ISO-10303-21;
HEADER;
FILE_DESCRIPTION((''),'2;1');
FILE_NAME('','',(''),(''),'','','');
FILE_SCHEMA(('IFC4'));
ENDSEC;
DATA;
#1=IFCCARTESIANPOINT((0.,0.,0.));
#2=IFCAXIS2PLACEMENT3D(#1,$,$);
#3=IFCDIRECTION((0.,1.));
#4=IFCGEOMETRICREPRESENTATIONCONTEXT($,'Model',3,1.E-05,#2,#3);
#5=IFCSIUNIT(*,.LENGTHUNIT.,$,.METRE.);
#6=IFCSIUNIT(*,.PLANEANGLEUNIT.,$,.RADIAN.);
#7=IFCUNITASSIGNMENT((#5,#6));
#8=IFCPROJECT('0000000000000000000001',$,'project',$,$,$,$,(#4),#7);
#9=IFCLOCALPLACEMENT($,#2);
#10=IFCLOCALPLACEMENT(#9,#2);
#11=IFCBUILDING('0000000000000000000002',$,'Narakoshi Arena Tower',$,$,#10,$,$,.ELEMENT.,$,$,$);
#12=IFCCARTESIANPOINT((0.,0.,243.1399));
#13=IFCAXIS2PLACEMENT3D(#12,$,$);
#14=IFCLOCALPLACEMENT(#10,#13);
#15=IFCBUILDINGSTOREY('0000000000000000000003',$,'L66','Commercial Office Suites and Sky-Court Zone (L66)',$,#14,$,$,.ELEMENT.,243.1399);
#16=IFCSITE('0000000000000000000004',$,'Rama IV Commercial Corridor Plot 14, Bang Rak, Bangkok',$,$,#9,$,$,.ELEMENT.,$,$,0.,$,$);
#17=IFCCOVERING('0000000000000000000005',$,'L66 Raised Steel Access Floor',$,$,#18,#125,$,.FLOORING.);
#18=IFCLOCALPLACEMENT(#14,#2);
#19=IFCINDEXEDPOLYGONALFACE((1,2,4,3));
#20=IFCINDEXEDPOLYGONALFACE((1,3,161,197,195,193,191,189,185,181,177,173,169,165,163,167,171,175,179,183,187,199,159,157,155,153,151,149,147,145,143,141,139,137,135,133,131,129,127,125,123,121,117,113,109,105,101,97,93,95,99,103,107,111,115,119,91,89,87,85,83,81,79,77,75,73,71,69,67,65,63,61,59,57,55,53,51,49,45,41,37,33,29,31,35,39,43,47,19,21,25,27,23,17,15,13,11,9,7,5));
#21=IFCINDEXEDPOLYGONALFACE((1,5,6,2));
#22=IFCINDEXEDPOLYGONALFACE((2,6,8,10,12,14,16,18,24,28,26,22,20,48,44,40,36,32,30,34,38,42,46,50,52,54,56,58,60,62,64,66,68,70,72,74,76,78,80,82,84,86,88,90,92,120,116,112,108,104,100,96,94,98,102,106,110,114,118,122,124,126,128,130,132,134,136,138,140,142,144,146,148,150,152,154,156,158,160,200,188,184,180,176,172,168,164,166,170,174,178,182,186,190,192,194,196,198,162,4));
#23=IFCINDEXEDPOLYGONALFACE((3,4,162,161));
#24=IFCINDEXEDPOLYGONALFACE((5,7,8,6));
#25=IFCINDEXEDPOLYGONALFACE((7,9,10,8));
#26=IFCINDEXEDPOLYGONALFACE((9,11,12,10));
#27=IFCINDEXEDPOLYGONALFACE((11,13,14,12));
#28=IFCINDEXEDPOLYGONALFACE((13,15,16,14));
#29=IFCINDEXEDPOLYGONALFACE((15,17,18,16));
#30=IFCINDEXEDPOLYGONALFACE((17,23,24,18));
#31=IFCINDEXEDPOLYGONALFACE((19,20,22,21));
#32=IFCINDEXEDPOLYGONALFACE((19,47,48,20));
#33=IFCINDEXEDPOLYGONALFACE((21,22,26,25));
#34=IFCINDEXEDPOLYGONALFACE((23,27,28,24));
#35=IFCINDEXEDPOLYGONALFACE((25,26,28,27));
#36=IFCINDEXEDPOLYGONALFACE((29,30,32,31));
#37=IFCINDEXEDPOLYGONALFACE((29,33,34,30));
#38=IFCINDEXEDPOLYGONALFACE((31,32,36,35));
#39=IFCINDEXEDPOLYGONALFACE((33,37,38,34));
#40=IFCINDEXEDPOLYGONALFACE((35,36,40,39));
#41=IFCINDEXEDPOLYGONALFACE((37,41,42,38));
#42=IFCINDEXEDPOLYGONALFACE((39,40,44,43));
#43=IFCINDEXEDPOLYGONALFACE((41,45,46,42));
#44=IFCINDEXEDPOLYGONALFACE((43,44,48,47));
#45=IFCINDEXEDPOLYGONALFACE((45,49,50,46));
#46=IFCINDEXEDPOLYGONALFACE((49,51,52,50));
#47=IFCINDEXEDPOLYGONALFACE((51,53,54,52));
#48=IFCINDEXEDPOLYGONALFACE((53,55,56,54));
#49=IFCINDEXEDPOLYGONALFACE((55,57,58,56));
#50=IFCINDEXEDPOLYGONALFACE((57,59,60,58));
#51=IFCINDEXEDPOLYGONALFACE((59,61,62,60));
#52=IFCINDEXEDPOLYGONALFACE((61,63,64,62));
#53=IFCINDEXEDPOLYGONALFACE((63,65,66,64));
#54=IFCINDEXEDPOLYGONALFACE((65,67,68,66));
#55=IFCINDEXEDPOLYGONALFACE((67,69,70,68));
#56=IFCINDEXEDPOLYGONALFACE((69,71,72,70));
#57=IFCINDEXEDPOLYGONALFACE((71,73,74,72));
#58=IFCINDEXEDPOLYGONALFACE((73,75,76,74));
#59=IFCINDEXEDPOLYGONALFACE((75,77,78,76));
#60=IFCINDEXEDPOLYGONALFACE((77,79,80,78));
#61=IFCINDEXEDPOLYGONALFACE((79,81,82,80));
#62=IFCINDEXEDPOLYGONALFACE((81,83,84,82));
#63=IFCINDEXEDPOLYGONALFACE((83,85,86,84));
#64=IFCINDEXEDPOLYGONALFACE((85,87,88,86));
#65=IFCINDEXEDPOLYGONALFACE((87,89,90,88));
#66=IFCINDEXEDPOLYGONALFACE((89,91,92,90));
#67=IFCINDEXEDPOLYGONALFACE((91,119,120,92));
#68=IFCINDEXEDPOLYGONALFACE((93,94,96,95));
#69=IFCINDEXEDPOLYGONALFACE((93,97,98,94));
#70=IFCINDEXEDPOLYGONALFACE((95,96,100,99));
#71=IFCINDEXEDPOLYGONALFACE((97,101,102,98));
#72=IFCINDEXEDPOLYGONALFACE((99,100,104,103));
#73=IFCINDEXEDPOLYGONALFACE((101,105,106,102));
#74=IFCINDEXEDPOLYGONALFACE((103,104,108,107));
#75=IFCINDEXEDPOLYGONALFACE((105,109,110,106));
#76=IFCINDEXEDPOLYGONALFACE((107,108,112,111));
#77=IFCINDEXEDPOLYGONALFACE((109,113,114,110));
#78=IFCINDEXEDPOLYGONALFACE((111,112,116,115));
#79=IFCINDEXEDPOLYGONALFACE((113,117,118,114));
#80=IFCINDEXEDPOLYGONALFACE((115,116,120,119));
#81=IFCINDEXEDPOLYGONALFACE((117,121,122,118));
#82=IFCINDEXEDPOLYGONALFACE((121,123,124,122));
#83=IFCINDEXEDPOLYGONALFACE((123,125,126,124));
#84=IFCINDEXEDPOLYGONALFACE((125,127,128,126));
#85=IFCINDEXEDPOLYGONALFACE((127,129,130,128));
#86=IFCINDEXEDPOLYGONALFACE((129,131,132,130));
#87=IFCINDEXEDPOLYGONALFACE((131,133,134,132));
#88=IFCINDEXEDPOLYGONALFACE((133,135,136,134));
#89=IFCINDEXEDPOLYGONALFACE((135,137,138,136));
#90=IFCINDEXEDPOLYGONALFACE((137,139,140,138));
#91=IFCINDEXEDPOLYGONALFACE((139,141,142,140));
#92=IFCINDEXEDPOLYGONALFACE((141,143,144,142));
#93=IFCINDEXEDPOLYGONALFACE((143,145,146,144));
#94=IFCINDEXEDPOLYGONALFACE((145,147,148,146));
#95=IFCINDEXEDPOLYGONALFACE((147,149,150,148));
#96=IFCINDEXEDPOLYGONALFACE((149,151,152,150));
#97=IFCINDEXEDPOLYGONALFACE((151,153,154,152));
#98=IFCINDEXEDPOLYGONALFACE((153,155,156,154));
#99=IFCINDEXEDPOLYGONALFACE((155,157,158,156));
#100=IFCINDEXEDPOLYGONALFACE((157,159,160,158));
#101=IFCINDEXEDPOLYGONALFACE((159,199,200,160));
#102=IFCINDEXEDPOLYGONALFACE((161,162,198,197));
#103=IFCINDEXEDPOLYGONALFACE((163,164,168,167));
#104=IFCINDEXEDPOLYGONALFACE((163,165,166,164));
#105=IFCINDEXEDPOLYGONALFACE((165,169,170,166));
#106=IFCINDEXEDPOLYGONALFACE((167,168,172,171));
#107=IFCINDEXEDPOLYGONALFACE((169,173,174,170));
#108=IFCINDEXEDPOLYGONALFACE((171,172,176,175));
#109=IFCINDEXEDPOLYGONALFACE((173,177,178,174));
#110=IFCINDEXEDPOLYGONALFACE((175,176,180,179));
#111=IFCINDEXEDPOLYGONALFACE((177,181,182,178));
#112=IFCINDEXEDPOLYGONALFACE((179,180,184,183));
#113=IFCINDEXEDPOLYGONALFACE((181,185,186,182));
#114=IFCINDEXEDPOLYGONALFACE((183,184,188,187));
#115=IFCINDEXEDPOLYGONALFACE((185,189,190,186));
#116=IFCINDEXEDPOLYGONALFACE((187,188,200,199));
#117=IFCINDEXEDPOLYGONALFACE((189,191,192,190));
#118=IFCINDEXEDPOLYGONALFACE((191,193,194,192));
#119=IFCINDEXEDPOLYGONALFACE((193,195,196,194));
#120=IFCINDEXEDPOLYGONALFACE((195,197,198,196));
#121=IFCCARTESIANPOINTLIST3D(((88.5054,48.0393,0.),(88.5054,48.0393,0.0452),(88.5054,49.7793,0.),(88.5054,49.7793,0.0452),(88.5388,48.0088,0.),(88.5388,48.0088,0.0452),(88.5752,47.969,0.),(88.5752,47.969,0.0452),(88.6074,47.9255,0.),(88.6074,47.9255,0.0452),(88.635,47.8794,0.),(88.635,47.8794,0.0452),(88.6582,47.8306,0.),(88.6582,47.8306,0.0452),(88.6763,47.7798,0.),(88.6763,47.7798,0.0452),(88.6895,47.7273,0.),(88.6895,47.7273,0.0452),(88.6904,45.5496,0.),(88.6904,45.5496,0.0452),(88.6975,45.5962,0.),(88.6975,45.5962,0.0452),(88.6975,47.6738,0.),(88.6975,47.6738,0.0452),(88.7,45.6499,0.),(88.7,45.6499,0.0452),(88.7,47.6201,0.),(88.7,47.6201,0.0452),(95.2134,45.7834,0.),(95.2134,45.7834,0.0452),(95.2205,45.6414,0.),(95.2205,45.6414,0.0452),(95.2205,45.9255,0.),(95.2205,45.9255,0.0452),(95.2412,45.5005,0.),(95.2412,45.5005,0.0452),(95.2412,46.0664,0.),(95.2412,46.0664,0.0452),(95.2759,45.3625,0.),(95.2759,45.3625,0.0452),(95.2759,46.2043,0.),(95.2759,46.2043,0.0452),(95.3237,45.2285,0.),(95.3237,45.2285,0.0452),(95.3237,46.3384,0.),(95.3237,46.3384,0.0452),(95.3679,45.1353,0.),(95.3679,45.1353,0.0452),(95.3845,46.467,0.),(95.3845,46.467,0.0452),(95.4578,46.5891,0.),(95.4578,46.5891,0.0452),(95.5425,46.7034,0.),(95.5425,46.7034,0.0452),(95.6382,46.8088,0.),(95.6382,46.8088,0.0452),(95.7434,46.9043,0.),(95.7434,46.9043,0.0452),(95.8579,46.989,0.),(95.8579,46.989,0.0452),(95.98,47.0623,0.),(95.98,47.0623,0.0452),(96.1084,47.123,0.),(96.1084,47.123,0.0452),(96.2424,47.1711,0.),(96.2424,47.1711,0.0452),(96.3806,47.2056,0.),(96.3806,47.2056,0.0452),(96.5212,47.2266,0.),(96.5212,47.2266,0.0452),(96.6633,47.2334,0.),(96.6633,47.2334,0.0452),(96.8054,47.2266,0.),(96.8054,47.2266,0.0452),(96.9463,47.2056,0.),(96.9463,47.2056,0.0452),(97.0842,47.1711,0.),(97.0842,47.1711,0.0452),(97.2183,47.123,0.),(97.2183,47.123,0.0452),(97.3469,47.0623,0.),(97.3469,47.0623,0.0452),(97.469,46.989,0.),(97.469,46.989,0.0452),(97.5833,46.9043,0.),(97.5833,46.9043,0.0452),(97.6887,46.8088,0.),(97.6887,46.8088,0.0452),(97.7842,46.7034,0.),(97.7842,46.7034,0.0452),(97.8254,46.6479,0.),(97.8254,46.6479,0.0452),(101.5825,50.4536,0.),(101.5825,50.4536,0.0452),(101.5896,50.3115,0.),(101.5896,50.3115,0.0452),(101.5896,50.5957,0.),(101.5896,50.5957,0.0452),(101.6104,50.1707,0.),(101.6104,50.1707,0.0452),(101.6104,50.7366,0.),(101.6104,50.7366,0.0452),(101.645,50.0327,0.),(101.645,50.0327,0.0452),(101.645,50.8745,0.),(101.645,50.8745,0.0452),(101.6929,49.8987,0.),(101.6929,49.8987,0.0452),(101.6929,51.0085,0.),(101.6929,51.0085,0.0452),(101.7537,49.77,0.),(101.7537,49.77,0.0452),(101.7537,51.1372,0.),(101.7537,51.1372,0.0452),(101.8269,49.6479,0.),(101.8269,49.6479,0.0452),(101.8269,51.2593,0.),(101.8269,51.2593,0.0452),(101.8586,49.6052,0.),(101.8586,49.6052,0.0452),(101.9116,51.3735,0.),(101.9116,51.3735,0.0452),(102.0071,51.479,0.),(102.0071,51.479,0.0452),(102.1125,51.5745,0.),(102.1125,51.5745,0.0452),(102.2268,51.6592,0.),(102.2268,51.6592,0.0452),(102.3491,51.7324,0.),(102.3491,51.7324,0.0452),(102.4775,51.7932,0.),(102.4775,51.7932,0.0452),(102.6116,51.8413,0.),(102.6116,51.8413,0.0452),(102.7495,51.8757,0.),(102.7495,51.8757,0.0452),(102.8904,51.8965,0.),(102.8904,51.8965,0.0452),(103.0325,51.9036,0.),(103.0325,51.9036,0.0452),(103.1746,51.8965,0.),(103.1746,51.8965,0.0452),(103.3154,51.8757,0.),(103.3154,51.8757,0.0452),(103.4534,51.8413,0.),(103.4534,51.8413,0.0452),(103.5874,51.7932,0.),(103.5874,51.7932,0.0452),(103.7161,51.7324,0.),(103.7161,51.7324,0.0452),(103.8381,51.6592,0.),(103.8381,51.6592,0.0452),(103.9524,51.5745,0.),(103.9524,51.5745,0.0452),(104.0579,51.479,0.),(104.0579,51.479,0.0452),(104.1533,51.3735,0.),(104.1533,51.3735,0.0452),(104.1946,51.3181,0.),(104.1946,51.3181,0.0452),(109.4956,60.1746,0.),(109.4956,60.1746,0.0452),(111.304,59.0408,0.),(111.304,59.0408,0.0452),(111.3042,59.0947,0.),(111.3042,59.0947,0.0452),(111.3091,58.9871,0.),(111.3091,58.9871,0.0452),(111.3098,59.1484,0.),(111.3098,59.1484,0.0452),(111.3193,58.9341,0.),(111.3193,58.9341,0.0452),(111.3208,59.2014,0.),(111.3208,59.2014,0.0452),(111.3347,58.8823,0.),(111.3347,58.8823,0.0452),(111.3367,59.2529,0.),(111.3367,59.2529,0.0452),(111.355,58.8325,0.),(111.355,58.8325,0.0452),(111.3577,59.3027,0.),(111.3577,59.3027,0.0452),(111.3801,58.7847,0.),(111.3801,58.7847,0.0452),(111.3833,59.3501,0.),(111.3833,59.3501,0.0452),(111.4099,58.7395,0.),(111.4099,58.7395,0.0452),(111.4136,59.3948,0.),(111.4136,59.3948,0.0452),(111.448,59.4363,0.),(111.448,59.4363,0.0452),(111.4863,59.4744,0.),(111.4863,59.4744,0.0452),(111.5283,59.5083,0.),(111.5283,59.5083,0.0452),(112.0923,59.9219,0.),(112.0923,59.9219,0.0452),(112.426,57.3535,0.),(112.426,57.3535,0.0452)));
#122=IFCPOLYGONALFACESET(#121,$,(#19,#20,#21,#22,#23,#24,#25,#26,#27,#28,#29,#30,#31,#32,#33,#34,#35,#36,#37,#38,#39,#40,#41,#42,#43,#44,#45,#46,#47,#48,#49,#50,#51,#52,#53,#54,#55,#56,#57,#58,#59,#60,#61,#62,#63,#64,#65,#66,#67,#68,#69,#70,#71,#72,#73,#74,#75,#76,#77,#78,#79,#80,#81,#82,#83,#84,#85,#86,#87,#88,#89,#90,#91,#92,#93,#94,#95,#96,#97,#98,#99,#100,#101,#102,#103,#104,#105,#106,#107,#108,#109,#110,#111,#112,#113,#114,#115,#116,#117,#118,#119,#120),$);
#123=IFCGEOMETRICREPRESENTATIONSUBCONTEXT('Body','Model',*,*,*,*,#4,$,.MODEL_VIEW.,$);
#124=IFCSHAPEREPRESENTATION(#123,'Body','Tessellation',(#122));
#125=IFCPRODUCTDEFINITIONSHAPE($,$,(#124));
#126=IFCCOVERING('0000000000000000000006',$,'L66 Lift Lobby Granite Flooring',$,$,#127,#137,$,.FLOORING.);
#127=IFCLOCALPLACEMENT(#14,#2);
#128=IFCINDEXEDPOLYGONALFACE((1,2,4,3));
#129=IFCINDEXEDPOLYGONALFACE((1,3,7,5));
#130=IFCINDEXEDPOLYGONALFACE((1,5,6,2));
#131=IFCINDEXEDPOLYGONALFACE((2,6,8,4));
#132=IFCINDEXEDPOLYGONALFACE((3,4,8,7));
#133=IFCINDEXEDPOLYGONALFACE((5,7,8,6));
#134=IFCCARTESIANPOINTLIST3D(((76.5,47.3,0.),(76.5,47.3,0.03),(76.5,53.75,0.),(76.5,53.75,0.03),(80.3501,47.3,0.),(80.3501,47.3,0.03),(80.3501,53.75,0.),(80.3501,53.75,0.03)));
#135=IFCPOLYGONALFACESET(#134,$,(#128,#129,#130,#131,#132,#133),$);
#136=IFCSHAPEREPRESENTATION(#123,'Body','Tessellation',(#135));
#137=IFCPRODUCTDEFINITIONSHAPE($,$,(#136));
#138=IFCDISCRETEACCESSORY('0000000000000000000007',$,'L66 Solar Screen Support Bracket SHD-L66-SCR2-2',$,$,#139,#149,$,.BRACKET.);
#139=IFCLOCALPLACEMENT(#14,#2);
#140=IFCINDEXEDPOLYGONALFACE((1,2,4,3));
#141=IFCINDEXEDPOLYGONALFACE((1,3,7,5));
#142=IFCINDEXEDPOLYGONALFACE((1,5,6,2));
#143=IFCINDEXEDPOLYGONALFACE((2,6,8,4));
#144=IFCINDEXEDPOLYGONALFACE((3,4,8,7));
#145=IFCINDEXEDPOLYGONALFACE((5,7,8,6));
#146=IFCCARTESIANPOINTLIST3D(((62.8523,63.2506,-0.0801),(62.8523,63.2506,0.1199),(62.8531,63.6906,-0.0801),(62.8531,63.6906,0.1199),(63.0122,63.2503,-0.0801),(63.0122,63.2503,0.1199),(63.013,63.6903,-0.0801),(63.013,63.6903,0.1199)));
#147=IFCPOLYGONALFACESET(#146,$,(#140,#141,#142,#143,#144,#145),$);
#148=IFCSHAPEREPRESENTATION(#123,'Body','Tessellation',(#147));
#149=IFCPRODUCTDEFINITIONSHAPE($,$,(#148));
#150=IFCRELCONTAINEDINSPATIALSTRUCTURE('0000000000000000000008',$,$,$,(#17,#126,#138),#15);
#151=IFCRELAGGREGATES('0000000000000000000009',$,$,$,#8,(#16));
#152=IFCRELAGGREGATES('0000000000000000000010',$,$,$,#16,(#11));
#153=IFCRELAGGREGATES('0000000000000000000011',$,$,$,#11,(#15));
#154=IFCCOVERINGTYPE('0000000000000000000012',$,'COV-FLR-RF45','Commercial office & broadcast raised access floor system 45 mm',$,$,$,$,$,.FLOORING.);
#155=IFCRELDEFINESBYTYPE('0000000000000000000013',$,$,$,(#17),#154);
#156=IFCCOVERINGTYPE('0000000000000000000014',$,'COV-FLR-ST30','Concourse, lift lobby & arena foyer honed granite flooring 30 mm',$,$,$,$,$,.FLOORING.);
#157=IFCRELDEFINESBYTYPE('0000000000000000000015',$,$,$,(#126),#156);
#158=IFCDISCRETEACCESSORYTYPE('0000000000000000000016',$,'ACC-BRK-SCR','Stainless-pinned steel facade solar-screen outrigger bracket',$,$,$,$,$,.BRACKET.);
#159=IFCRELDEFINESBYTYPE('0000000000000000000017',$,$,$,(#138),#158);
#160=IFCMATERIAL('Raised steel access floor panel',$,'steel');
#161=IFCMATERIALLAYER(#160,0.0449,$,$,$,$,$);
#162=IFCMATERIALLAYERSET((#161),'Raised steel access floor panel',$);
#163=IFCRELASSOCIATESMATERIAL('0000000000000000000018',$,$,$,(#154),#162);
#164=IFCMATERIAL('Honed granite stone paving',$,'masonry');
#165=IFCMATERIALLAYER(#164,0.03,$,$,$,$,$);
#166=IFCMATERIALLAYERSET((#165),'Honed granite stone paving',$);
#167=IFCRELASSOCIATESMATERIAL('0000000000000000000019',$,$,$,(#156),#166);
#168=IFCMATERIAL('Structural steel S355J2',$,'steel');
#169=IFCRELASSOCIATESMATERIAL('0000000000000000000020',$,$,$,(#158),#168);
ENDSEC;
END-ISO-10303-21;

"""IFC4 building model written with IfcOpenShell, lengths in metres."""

from ifc_helpers import new_model, si_unit, direction, frame, origin, origin_2d, place, context, subcontext, project, spatial, polyline, rectangle, outline, extrude, material, layer, layer_set, type_object, element, save


model = new_model("IFC4")

# Units and contexts
model_context = context("Model", 3, precision=1e-05, world=origin(), true_north=direction((0.0, 1.0)))
body_context = subcontext(model_context, "Body", "Model", "MODEL_VIEW")
ifc_project = project(units=[si_unit("LENGTHUNIT", "METRE"), si_unit("PLANEANGLEUNIT", "RADIAN")], contexts=[model_context])

# Site, building, storey
site_placement = place(None, origin())
site = spatial("IfcSite", under=ifc_project, at=site_placement, Name="Rama IV Commercial Corridor Plot 14, Bang Rak, Bangkok", CompositionType="ELEMENT", RefElevation=0.0)
building_placement = place(site_placement, origin())
building = spatial("IfcBuilding", under=site, at=building_placement, Name="Narakoshi Arena Tower", CompositionType="ELEMENT")
storey_placement = place(building_placement, frame((0.0, 0.0, 243.1399)))
storey = spatial("IfcBuildingStorey", under=building, at=storey_placement, Name="L66", Description="Commercial Office Suites and Sky-Court Zone (L66)", CompositionType="ELEMENT", Elevation=243.1399)

# Shared definitions
ifc_material_1 = material(Name="Structural steel S355J2", Category="steel")

# Coverings
ifc_material_2 = material(Name="Raised steel access floor panel", Category="steel")
ifc_layer_1 = layer(ifc_material_2, 0.0449)
ifc_layer_set_1 = layer_set([ifc_layer_1], Name="Raised steel access floor panel")
covering_type_1 = type_object("IfcCoveringType", Name="COV-FLR-RF45", Description="Commercial office & broadcast raised access floor system 45 mm", PredefinedType="FLOORING", material=ifc_layer_set_1)
covering_1_placement = place(storey_placement, origin())
element("IfcCovering", 1, at=covering_1_placement, inside=storey, type_object=covering_type_1, Name="L66 Raised Steel Access Floor", PredefinedType="FLOORING", context=body_context, shape_type="SweptSolid", body=[
    extrude(outline(polyline([(88.5054, 49.7793), (109.4956, 60.1746), (112.0923, 59.9219), (111.5283, 59.5083), (111.4863, 59.4744), (111.448, 59.4363), (111.4136, 59.3948), (111.3833, 59.3501), (111.3577, 59.3027), (111.3367, 59.2529), (111.3208, 59.2014), (111.3098, 59.1484), (111.3042, 59.0947), (111.304, 59.0408), (111.3091, 58.9871), (111.3193, 58.9341), (111.3347, 58.8823), (111.355, 58.8325), (111.3801, 58.7847), (111.4099, 58.7395), (112.426, 57.3535), (104.1946, 51.3181), (104.1533, 51.3735), (104.0579, 51.479), (103.9524, 51.5745), (103.8381, 51.6592), (103.7161, 51.7324), (103.5874, 51.7932), (103.4534, 51.8413), (103.3154, 51.8757), (103.1746, 51.8965), (103.0325, 51.9036), (102.8904, 51.8965), (102.7495, 51.8757), (102.6116, 51.8413), (102.4775, 51.7932), (102.3491, 51.7324), (102.2268, 51.6592), (102.1125, 51.5745), (102.0071, 51.479), (101.9116, 51.3735), (101.8269, 51.2593), (101.7537, 51.1372), (101.6929, 51.0085), (101.645, 50.8745), (101.6104, 50.7366), (101.5896, 50.5957), (101.5825, 50.4536), (101.5896, 50.3115), (101.6104, 50.1707), (101.645, 50.0327), (101.6929, 49.8987), (101.7537, 49.77), (101.8269, 49.6479), (101.8586, 49.6052), (97.8254, 46.6479), (97.7842, 46.7034), (97.6887, 46.8088), (97.5833, 46.9043), (97.469, 46.989), (97.3469, 47.0623), (97.2183, 47.123), (97.0842, 47.1711), (96.9463, 47.2056), (96.8054, 47.2266), (96.6633, 47.2334), (96.5212, 47.2266), (96.3806, 47.2056), (96.2424, 47.1711), (96.1084, 47.123), (95.98, 47.0623), (95.8579, 46.989), (95.7434, 46.9043), (95.6382, 46.8088), (95.5425, 46.7034), (95.4578, 46.5891), (95.3845, 46.467), (95.3237, 46.3384), (95.2759, 46.2043), (95.2412, 46.0664), (95.2205, 45.9255), (95.2134, 45.7834), (95.2205, 45.6414), (95.2412, 45.5005), (95.2759, 45.3625), (95.3237, 45.2285), (95.3679, 45.1353), (88.6904, 45.5496), (88.6975, 45.5962), (88.7, 45.6499), (88.7, 47.6201), (88.6975, 47.6738), (88.6895, 47.7273), (88.6763, 47.7798), (88.6582, 47.8306), (88.635, 47.8794), (88.6074, 47.9255), (88.5752, 47.969), (88.5388, 48.0088), (88.5054, 48.0393), (88.5054, 49.7793)])), origin(), (0.0, 0.0, 1.0), 0.0452),
])
ifc_material_3 = material(Name="Honed granite stone paving", Category="masonry")
ifc_layer_2 = layer(ifc_material_3, 0.03)
ifc_layer_set_2 = layer_set([ifc_layer_2], Name="Honed granite stone paving")
covering_type_2 = type_object("IfcCoveringType", Name="COV-FLR-ST30", Description="Concourse, lift lobby & arena foyer honed granite flooring 30 mm", PredefinedType="FLOORING", material=ifc_layer_set_2)
covering_2_placement = place(storey_placement, origin())
element("IfcCovering", 2, at=covering_2_placement, inside=storey, type_object=covering_type_2, Name="L66 Lift Lobby Granite Flooring", PredefinedType="FLOORING", context=body_context, shape_type="SweptSolid", body=[
    extrude(outline(polyline([(76.5, 47.3), (80.3501, 47.3), (80.3501, 53.75), (76.5, 53.75), (76.5, 47.3)])), origin(), (0.0, 0.0, 1.0), 0.03),
])

# Discrete accessory
discrete_accessory_type = type_object("IfcDiscreteAccessoryType", Name="ACC-BRK-SCR", Description="Stainless-pinned steel facade solar-screen outrigger bracket", PredefinedType="BRACKET", material=ifc_material_1)
discrete_accessory_placement = place(storey_placement, frame((62.9326, 63.4705, -0.0801), z_axis=(0.0, 0.0, 1.0), x_axis=(-0.999998, 0.001815, 0.0)))
element("IfcDiscreteAccessory", 3, at=discrete_accessory_placement, inside=storey, type_object=discrete_accessory_type, Name="L66 Solar Screen Support Bracket SHD-L66-SCR2-2", PredefinedType="BRACKET", context=body_context, shape_type="SweptSolid", body=[
    extrude(rectangle(XDim=0.1599, YDim=0.4399, at=origin_2d()), origin(), (0.0, 0.0, 1.0), 0.2),
])

save(model, "model.ifc")
